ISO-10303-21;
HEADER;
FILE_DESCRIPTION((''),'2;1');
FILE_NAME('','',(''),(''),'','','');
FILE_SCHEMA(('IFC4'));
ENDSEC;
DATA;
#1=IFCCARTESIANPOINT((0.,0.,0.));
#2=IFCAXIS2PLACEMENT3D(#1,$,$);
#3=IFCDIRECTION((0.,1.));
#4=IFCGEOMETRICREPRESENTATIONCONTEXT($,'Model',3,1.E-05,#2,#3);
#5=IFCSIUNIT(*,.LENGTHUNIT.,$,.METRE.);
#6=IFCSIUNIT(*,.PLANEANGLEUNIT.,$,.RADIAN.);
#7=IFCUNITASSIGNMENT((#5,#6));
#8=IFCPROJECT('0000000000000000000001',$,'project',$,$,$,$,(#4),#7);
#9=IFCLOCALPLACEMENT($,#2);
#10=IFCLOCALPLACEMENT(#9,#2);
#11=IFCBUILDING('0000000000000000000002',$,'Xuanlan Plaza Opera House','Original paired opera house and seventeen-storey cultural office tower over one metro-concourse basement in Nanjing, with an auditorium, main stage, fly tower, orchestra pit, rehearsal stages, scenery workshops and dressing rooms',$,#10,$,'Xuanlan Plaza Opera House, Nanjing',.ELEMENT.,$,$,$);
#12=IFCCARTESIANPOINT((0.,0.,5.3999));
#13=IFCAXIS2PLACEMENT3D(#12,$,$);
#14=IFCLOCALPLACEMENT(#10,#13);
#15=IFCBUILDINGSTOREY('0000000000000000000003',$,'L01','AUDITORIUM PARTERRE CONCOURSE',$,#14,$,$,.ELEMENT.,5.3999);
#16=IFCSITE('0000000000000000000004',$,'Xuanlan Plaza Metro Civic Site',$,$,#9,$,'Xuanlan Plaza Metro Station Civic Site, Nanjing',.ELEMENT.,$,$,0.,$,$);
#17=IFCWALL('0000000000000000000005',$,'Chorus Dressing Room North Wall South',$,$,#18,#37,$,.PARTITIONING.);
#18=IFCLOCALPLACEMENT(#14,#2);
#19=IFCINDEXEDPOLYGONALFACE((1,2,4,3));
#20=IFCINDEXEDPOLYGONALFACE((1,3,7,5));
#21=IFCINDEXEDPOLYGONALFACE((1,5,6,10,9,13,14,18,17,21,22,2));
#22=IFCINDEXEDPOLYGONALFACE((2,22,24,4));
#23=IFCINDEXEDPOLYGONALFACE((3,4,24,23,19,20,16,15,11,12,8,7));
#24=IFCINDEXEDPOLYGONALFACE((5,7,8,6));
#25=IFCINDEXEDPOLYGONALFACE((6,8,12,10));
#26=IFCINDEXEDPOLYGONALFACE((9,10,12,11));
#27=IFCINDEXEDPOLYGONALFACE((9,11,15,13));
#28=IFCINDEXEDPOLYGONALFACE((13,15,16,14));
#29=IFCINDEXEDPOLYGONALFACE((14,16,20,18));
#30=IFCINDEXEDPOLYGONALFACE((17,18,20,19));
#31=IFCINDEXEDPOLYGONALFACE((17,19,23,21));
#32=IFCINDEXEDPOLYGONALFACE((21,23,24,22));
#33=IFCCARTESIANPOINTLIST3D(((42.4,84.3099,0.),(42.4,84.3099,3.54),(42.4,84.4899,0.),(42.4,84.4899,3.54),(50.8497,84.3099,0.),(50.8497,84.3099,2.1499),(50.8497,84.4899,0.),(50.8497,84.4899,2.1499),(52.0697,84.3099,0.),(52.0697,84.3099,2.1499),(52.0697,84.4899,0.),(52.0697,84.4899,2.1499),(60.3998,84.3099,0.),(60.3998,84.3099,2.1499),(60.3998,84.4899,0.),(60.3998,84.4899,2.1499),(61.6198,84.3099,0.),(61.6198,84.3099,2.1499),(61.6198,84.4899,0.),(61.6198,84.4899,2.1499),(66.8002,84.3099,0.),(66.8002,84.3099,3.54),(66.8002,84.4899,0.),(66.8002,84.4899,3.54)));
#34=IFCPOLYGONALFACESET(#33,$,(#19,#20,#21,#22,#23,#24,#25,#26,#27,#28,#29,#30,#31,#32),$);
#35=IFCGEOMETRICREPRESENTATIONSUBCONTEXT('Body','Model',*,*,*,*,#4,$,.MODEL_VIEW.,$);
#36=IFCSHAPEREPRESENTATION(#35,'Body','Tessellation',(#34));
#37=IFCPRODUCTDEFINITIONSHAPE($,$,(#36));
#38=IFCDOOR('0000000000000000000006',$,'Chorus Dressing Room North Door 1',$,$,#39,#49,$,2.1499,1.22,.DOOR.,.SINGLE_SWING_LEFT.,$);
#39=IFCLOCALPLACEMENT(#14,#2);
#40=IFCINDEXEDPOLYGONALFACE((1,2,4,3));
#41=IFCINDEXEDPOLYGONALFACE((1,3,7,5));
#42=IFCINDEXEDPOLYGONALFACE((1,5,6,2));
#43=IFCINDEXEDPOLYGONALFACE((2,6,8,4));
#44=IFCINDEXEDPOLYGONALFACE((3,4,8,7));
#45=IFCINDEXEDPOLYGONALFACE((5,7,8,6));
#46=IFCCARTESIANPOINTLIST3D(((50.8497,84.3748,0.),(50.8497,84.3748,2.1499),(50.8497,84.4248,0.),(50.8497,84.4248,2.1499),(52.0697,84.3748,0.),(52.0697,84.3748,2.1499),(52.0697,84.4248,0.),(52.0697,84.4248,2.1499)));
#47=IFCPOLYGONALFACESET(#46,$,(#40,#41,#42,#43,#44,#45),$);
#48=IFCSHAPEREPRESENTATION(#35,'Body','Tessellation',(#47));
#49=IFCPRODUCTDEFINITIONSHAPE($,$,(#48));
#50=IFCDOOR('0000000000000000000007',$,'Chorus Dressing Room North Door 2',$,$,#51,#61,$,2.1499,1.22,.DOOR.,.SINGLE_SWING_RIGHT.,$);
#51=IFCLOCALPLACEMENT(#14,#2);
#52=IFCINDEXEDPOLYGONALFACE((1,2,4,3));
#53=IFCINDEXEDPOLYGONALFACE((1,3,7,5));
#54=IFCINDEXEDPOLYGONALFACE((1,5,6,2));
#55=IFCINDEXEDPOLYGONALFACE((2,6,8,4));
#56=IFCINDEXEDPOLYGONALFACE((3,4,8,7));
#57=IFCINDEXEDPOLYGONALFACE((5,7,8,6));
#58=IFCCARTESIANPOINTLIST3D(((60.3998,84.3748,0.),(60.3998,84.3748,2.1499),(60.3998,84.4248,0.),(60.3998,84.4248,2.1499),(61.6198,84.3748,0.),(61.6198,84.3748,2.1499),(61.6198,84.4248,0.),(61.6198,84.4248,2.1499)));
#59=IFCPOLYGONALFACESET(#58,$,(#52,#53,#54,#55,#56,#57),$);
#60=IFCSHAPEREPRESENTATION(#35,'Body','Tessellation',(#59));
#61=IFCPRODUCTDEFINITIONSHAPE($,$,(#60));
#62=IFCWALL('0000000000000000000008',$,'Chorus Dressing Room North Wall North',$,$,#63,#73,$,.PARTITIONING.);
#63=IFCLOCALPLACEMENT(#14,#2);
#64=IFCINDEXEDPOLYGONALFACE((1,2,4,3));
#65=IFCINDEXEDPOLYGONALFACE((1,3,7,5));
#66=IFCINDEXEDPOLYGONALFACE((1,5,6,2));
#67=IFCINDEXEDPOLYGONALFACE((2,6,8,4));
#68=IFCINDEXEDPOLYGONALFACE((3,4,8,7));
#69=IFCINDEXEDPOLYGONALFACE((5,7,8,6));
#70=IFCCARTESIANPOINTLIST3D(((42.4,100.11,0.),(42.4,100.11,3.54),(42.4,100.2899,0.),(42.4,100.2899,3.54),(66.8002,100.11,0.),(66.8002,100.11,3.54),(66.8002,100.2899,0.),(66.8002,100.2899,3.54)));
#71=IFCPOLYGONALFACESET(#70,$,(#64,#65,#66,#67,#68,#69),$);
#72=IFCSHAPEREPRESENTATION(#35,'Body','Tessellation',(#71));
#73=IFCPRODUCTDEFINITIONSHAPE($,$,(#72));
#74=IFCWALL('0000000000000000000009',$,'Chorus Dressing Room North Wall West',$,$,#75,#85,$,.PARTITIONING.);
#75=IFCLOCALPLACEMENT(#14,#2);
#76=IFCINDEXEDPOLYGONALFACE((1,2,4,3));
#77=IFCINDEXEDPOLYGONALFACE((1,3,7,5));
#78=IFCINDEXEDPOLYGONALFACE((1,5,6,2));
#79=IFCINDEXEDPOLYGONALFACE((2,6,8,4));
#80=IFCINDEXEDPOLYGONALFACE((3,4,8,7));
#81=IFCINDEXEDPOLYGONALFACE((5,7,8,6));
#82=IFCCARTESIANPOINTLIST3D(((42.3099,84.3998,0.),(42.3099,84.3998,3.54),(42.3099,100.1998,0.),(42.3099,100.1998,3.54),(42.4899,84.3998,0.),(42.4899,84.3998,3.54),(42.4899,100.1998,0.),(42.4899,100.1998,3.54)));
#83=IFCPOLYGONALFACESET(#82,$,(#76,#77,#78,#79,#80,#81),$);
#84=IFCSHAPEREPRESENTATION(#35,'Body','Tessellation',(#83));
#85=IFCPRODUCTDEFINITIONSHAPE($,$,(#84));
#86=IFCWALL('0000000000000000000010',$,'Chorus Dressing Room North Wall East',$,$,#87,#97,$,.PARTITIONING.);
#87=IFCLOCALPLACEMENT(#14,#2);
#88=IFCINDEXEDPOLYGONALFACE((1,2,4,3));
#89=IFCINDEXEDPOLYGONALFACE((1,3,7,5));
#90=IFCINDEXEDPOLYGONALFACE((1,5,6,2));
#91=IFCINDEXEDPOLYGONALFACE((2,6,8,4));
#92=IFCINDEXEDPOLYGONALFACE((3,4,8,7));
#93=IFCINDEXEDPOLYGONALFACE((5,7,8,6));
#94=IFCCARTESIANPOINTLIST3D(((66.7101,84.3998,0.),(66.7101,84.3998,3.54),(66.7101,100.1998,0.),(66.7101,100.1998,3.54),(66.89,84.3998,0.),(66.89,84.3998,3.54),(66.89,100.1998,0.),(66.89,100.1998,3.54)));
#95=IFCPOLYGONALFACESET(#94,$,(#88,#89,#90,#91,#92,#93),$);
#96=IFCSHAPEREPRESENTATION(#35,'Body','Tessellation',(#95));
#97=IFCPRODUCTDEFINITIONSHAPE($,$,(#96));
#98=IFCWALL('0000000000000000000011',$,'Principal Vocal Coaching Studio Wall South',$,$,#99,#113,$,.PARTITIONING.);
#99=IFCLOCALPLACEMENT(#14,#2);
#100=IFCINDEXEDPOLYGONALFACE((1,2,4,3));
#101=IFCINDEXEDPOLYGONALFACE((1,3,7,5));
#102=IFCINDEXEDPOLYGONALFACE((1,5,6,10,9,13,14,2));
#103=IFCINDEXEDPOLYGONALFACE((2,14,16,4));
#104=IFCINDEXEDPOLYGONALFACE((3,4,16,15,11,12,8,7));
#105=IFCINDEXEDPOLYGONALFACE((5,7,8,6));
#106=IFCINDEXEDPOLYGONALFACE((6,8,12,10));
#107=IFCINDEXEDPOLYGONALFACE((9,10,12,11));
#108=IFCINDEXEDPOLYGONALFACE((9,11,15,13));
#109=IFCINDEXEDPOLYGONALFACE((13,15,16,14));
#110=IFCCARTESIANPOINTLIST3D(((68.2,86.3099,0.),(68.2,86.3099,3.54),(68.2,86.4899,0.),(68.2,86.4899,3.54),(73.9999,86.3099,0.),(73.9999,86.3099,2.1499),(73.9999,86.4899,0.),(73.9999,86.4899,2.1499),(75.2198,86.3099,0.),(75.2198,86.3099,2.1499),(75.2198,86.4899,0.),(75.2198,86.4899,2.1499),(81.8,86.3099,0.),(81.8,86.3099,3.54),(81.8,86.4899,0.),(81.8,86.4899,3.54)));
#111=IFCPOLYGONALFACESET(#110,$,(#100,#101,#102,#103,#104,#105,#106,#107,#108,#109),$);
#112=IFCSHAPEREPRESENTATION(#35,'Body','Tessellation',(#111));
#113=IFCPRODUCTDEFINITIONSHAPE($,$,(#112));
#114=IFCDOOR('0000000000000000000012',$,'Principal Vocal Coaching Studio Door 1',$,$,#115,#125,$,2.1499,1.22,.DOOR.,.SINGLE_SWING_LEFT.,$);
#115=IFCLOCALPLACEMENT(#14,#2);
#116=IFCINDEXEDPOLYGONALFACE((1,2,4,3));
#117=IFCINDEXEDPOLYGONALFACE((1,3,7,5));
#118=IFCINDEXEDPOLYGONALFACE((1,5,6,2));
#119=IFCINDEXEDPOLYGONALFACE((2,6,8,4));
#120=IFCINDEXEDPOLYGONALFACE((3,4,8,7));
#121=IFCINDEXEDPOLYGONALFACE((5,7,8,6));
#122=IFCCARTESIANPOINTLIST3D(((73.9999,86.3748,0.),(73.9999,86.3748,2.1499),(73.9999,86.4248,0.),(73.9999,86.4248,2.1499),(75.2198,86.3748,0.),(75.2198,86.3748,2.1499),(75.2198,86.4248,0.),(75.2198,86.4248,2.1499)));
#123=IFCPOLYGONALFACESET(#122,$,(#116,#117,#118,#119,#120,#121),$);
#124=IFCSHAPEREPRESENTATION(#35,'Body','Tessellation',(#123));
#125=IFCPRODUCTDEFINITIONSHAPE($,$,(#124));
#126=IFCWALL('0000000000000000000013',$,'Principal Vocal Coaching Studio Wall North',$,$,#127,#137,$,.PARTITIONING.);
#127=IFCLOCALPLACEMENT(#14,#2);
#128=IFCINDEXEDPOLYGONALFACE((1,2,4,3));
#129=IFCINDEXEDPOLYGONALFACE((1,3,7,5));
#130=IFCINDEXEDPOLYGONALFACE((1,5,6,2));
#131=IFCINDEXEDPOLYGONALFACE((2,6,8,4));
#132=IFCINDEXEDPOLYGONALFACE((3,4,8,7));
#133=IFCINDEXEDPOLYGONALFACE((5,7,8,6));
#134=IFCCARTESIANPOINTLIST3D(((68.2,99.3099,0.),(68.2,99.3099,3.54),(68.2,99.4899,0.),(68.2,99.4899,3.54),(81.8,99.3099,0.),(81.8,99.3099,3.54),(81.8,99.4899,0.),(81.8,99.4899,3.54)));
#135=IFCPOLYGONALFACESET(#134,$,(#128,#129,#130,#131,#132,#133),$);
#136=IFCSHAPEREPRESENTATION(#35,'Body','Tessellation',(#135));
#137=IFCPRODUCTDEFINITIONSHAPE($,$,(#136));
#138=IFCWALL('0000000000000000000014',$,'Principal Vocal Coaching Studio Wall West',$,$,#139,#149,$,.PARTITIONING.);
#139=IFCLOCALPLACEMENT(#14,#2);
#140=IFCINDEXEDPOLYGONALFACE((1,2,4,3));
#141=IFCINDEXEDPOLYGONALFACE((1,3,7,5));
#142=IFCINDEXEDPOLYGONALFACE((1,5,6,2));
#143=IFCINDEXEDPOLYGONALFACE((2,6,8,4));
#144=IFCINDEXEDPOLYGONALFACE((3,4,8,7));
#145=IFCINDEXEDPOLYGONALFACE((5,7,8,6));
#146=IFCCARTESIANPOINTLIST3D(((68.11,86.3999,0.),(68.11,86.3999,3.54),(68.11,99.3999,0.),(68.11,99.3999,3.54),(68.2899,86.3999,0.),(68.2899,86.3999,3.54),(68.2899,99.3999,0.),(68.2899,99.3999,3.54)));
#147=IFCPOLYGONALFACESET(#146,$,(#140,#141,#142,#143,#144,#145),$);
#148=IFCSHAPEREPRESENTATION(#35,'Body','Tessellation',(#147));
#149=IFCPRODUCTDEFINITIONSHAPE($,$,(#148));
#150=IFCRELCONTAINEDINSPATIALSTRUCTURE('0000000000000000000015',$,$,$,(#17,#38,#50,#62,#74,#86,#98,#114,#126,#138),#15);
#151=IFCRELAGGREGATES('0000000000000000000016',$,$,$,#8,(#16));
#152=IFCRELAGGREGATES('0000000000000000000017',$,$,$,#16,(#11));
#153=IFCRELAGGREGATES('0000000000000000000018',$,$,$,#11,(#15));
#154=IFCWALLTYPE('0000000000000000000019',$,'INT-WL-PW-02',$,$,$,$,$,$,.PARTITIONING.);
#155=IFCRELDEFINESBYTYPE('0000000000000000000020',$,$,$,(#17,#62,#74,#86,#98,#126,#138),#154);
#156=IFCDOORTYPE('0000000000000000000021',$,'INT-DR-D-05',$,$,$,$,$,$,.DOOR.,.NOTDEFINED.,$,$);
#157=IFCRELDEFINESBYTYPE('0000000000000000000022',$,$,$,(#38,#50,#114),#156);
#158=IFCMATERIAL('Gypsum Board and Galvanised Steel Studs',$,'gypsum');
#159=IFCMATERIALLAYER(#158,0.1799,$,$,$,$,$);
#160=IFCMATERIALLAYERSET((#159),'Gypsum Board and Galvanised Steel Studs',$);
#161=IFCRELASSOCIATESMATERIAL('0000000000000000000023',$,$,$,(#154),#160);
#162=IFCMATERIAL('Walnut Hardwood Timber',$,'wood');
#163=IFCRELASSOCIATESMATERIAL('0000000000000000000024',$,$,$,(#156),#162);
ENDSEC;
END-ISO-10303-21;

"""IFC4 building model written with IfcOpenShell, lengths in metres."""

from ifc_helpers import new_model, si_unit, direction, frame, frame_2d, origin, place, context, subcontext, project, spatial, rectangle, extrude, material, layer, layer_set, type_object, element, fill, save


model = new_model("IFC4")

# Units and contexts
model_context = context("Model", 3, precision=1e-05, world=origin(), true_north=direction((0.0, 1.0)))
body_context = subcontext(model_context, "Body", "Model", "MODEL_VIEW")
ifc_project = project(units=[si_unit("LENGTHUNIT", "METRE"), si_unit("PLANEANGLEUNIT", "RADIAN")], contexts=[model_context])

# Site, building, storey
site_placement = place(None, origin())
site = spatial("IfcSite", under=ifc_project, at=site_placement, Name="Xuanlan Plaza Metro Civic Site", LongName="Xuanlan Plaza Metro Station Civic Site, Nanjing", CompositionType="ELEMENT", RefElevation=0.0)
building_placement = place(site_placement, origin())
building = spatial("IfcBuilding", under=site, at=building_placement, Name="Xuanlan Plaza Opera House", Description="Original paired opera house and seventeen-storey cultural office tower over one metro-concourse basement in Nanjing, with an auditorium, main stage, fly tower, orchestra pit, rehearsal stages, scenery workshops and dressing rooms", LongName="Xuanlan Plaza Opera House, Nanjing", CompositionType="ELEMENT")
storey_placement = place(building_placement, frame((0.0, 0.0, 5.3999)))
storey = spatial("IfcBuildingStorey", under=building, at=storey_placement, Name="L01", Description="AUDITORIUM PARTERRE CONCOURSE", CompositionType="ELEMENT", Elevation=5.3999)

# Wall, openings, doors
ifc_material_1 = material(Name="Gypsum Board and Galvanised Steel Studs", Category="gypsum")
ifc_layer = layer(ifc_material_1, 0.1799)
ifc_layer_set = layer_set([ifc_layer], Name="Gypsum Board and Galvanised Steel Studs")
wall_type = type_object("IfcWallType", Name="INT-WL-PW-02", PredefinedType="PARTITIONING", material=ifc_layer_set)
wall_1_placement = place(storey_placement, frame((42.3999, 84.3999, 0.0), z_axis=(0.0, 0.0, 1.0), x_axis=(1.0, 0.0, 0.0)))
wall_1 = element("IfcWall", 1, at=wall_1_placement, inside=storey, type_object=wall_type, Name="Chorus Dressing Room North Wall South", PredefinedType="PARTITIONING", context=body_context, shape_type="SweptSolid", body=[
    extrude(rectangle(XDim=24.4001, YDim=0.1799, at=frame_2d((12.2002, 0.0))), origin(), (0.0, 0.0, 1.0), 3.54),
])
opening_1_placement = place(wall_1_placement, frame((8.45, 0.0, 0.0)))
opening_1 = element("IfcOpeningElement", 2, at=opening_1_placement, cuts=wall_1, PredefinedType="OPENING", context=body_context, shape_type="SweptSolid", body=[
    extrude(rectangle(XDim=1.22, YDim=2.1499, at=frame_2d((0.6099, 1.075))), frame((0.0, 0.0999, 0.0), z_axis=(0.0, -1.0, 0.0), x_axis=(1.0, 0.0, 0.0)), (0.0, 0.0, 1.0), 0.2),
])
opening_2_placement = place(wall_1_placement, frame((18.0, 0.0, 0.0)))
opening_2 = element("IfcOpeningElement", 3, at=opening_2_placement, cuts=wall_1, PredefinedType="OPENING", context=body_context, shape_type="SweptSolid", body=[
    extrude(rectangle(XDim=1.22, YDim=2.1499, at=frame_2d((0.6099, 1.075))), frame((0.0, 0.0999, 0.0), z_axis=(0.0, -1.0, 0.0), x_axis=(1.0, 0.0, 0.0)), (0.0, 0.0, 1.0), 0.2),
])
ifc_material_2 = material(Name="Walnut Hardwood Timber", Category="wood")
door_type = type_object("IfcDoorType", Name="INT-DR-D-05", OperationType="NOTDEFINED", PredefinedType="DOOR", material=ifc_material_2)
door_1_placement = place(opening_1_placement, origin())
door_1 = element("IfcDoor", 4, at=door_1_placement, inside=storey, type_object=door_type, Name="Chorus Dressing Room North Door 1", OperationType="SINGLE_SWING_LEFT", OverallHeight=2.1499, OverallWidth=1.22, PredefinedType="DOOR", context=body_context, shape_type="SweptSolid", body=[
    extrude(rectangle(XDim=1.22, YDim=2.1499, at=frame_2d((0.6099, 1.075))), frame((0.0, 0.0249, 0.0), z_axis=(0.0, -1.0, 0.0), x_axis=(1.0, 0.0, 0.0)), (0.0, 0.0, 1.0), 0.05),
])
fill(opening_1, door_1)
door_2_placement = place(opening_2_placement, origin())
door_2 = element("IfcDoor", 5, at=door_2_placement, inside=storey, type_object=door_type, Name="Chorus Dressing Room North Door 2", OperationType="SINGLE_SWING_RIGHT", OverallHeight=2.1499, OverallWidth=1.22, PredefinedType="DOOR", context=body_context, shape_type="SweptSolid", body=[
    extrude(rectangle(XDim=1.22, YDim=2.1499, at=frame_2d((0.6099, 1.075))), frame((0.0, 0.0249, 0.0), z_axis=(0.0, -1.0, 0.0), x_axis=(1.0, 0.0, 0.0)), (0.0, 0.0, 1.0), 0.05),
])
fill(opening_2, door_2)

# Walls
wall_2_placement = place(storey_placement, frame((42.3999, 100.2, 0.0), z_axis=(0.0, 0.0, 1.0), x_axis=(1.0, 0.0, 0.0)))
element("IfcWall", 6, at=wall_2_placement, inside=storey, type_object=wall_type, Name="Chorus Dressing Room North Wall North", PredefinedType="PARTITIONING", context=body_context, shape_type="SweptSolid", body=[
    extrude(rectangle(XDim=24.4001, YDim=0.1799, at=frame_2d((12.2002, 0.0))), origin(), (0.0, 0.0, 1.0), 3.54),
])
for number, where, z_axis, x_axis, name in (
    (7, (42.3999, 84.3999, 0.0), (0.0, 0.0, 1.0), (0.0, 1.0, 0.0), "Chorus Dressing Room North Wall West"),
    (8, (66.8, 84.3999, 0.0), (0.0, 0.0, 1.0), (0.0, 1.0, 0.0), "Chorus Dressing Room North Wall East"),
):
    element("IfcWall", number, at=place(storey_placement, frame(where, z_axis=z_axis, x_axis=x_axis)), inside=storey, type_object=wall_type, Name=name, PredefinedType="PARTITIONING", context=body_context, shape_type="SweptSolid", body=[
        extrude(rectangle(XDim=15.8, YDim=0.1799, at=frame_2d((7.8999, 0.0))), origin(), (0.0, 0.0, 1.0), 3.54),
    ])

# Wall, opening, door
wall_3_placement = place(storey_placement, frame((68.2, 86.3999, 0.0), z_axis=(0.0, 0.0, 1.0), x_axis=(1.0, 0.0, 0.0)))
wall_3 = element("IfcWall", 9, at=wall_3_placement, inside=storey, type_object=wall_type, Name="Principal Vocal Coaching Studio Wall South", PredefinedType="PARTITIONING", context=body_context, shape_type="SweptSolid", body=[
    extrude(rectangle(XDim=13.6001, YDim=0.1799, at=frame_2d((6.8, 0.0))), origin(), (0.0, 0.0, 1.0), 3.54),
])
opening_3_placement = place(wall_3_placement, frame((5.8, 0.0, 0.0)))
opening_3 = element("IfcOpeningElement", 10, at=opening_3_placement, cuts=wall_3, PredefinedType="OPENING", context=body_context, shape_type="SweptSolid", body=[
    extrude(rectangle(XDim=1.22, YDim=2.1499, at=frame_2d((0.6099, 1.075))), frame((0.0, 0.0999, 0.0), z_axis=(0.0, -1.0, 0.0), x_axis=(1.0, 0.0, 0.0)), (0.0, 0.0, 1.0), 0.2),
])
door_3_placement = place(opening_3_placement, origin())
door_3 = element("IfcDoor", 11, at=door_3_placement, inside=storey, type_object=door_type, Name="Principal Vocal Coaching Studio Door 1", OperationType="SINGLE_SWING_LEFT", OverallHeight=2.1499, OverallWidth=1.22, PredefinedType="DOOR", context=body_context, shape_type="SweptSolid", body=[
    extrude(rectangle(XDim=1.22, YDim=2.1499, at=frame_2d((0.6099, 1.075))), frame((0.0, 0.0249, 0.0), z_axis=(0.0, -1.0, 0.0), x_axis=(1.0, 0.0, 0.0)), (0.0, 0.0, 1.0), 0.05),
])
fill(opening_3, door_3)

# Walls
wall_4_placement = place(storey_placement, frame((68.2, 99.3999, 0.0), z_axis=(0.0, 0.0, 1.0), x_axis=(1.0, 0.0, 0.0)))
element("IfcWall", 12, at=wall_4_placement, inside=storey, type_object=wall_type, Name="Principal Vocal Coaching Studio Wall North", PredefinedType="PARTITIONING", context=body_context, shape_type="SweptSolid", body=[
    extrude(rectangle(XDim=13.6001, YDim=0.1799, at=frame_2d((6.8, 0.0))), origin(), (0.0, 0.0, 1.0), 3.54),
])
wall_5_placement = place(storey_placement, frame((68.2, 86.3999, 0.0), z_axis=(0.0, 0.0, 1.0), x_axis=(0.0, 1.0, 0.0)))
element("IfcWall", 13, at=wall_5_placement, inside=storey, type_object=wall_type, Name="Principal Vocal Coaching Studio Wall West", PredefinedType="PARTITIONING", context=body_context, shape_type="SweptSolid", body=[
    extrude(rectangle(XDim=13.0, YDim=0.1799, at=frame_2d((6.5, 0.0))), origin(), (0.0, 0.0, 1.0), 3.54),
])

save(model, "model.ifc")
